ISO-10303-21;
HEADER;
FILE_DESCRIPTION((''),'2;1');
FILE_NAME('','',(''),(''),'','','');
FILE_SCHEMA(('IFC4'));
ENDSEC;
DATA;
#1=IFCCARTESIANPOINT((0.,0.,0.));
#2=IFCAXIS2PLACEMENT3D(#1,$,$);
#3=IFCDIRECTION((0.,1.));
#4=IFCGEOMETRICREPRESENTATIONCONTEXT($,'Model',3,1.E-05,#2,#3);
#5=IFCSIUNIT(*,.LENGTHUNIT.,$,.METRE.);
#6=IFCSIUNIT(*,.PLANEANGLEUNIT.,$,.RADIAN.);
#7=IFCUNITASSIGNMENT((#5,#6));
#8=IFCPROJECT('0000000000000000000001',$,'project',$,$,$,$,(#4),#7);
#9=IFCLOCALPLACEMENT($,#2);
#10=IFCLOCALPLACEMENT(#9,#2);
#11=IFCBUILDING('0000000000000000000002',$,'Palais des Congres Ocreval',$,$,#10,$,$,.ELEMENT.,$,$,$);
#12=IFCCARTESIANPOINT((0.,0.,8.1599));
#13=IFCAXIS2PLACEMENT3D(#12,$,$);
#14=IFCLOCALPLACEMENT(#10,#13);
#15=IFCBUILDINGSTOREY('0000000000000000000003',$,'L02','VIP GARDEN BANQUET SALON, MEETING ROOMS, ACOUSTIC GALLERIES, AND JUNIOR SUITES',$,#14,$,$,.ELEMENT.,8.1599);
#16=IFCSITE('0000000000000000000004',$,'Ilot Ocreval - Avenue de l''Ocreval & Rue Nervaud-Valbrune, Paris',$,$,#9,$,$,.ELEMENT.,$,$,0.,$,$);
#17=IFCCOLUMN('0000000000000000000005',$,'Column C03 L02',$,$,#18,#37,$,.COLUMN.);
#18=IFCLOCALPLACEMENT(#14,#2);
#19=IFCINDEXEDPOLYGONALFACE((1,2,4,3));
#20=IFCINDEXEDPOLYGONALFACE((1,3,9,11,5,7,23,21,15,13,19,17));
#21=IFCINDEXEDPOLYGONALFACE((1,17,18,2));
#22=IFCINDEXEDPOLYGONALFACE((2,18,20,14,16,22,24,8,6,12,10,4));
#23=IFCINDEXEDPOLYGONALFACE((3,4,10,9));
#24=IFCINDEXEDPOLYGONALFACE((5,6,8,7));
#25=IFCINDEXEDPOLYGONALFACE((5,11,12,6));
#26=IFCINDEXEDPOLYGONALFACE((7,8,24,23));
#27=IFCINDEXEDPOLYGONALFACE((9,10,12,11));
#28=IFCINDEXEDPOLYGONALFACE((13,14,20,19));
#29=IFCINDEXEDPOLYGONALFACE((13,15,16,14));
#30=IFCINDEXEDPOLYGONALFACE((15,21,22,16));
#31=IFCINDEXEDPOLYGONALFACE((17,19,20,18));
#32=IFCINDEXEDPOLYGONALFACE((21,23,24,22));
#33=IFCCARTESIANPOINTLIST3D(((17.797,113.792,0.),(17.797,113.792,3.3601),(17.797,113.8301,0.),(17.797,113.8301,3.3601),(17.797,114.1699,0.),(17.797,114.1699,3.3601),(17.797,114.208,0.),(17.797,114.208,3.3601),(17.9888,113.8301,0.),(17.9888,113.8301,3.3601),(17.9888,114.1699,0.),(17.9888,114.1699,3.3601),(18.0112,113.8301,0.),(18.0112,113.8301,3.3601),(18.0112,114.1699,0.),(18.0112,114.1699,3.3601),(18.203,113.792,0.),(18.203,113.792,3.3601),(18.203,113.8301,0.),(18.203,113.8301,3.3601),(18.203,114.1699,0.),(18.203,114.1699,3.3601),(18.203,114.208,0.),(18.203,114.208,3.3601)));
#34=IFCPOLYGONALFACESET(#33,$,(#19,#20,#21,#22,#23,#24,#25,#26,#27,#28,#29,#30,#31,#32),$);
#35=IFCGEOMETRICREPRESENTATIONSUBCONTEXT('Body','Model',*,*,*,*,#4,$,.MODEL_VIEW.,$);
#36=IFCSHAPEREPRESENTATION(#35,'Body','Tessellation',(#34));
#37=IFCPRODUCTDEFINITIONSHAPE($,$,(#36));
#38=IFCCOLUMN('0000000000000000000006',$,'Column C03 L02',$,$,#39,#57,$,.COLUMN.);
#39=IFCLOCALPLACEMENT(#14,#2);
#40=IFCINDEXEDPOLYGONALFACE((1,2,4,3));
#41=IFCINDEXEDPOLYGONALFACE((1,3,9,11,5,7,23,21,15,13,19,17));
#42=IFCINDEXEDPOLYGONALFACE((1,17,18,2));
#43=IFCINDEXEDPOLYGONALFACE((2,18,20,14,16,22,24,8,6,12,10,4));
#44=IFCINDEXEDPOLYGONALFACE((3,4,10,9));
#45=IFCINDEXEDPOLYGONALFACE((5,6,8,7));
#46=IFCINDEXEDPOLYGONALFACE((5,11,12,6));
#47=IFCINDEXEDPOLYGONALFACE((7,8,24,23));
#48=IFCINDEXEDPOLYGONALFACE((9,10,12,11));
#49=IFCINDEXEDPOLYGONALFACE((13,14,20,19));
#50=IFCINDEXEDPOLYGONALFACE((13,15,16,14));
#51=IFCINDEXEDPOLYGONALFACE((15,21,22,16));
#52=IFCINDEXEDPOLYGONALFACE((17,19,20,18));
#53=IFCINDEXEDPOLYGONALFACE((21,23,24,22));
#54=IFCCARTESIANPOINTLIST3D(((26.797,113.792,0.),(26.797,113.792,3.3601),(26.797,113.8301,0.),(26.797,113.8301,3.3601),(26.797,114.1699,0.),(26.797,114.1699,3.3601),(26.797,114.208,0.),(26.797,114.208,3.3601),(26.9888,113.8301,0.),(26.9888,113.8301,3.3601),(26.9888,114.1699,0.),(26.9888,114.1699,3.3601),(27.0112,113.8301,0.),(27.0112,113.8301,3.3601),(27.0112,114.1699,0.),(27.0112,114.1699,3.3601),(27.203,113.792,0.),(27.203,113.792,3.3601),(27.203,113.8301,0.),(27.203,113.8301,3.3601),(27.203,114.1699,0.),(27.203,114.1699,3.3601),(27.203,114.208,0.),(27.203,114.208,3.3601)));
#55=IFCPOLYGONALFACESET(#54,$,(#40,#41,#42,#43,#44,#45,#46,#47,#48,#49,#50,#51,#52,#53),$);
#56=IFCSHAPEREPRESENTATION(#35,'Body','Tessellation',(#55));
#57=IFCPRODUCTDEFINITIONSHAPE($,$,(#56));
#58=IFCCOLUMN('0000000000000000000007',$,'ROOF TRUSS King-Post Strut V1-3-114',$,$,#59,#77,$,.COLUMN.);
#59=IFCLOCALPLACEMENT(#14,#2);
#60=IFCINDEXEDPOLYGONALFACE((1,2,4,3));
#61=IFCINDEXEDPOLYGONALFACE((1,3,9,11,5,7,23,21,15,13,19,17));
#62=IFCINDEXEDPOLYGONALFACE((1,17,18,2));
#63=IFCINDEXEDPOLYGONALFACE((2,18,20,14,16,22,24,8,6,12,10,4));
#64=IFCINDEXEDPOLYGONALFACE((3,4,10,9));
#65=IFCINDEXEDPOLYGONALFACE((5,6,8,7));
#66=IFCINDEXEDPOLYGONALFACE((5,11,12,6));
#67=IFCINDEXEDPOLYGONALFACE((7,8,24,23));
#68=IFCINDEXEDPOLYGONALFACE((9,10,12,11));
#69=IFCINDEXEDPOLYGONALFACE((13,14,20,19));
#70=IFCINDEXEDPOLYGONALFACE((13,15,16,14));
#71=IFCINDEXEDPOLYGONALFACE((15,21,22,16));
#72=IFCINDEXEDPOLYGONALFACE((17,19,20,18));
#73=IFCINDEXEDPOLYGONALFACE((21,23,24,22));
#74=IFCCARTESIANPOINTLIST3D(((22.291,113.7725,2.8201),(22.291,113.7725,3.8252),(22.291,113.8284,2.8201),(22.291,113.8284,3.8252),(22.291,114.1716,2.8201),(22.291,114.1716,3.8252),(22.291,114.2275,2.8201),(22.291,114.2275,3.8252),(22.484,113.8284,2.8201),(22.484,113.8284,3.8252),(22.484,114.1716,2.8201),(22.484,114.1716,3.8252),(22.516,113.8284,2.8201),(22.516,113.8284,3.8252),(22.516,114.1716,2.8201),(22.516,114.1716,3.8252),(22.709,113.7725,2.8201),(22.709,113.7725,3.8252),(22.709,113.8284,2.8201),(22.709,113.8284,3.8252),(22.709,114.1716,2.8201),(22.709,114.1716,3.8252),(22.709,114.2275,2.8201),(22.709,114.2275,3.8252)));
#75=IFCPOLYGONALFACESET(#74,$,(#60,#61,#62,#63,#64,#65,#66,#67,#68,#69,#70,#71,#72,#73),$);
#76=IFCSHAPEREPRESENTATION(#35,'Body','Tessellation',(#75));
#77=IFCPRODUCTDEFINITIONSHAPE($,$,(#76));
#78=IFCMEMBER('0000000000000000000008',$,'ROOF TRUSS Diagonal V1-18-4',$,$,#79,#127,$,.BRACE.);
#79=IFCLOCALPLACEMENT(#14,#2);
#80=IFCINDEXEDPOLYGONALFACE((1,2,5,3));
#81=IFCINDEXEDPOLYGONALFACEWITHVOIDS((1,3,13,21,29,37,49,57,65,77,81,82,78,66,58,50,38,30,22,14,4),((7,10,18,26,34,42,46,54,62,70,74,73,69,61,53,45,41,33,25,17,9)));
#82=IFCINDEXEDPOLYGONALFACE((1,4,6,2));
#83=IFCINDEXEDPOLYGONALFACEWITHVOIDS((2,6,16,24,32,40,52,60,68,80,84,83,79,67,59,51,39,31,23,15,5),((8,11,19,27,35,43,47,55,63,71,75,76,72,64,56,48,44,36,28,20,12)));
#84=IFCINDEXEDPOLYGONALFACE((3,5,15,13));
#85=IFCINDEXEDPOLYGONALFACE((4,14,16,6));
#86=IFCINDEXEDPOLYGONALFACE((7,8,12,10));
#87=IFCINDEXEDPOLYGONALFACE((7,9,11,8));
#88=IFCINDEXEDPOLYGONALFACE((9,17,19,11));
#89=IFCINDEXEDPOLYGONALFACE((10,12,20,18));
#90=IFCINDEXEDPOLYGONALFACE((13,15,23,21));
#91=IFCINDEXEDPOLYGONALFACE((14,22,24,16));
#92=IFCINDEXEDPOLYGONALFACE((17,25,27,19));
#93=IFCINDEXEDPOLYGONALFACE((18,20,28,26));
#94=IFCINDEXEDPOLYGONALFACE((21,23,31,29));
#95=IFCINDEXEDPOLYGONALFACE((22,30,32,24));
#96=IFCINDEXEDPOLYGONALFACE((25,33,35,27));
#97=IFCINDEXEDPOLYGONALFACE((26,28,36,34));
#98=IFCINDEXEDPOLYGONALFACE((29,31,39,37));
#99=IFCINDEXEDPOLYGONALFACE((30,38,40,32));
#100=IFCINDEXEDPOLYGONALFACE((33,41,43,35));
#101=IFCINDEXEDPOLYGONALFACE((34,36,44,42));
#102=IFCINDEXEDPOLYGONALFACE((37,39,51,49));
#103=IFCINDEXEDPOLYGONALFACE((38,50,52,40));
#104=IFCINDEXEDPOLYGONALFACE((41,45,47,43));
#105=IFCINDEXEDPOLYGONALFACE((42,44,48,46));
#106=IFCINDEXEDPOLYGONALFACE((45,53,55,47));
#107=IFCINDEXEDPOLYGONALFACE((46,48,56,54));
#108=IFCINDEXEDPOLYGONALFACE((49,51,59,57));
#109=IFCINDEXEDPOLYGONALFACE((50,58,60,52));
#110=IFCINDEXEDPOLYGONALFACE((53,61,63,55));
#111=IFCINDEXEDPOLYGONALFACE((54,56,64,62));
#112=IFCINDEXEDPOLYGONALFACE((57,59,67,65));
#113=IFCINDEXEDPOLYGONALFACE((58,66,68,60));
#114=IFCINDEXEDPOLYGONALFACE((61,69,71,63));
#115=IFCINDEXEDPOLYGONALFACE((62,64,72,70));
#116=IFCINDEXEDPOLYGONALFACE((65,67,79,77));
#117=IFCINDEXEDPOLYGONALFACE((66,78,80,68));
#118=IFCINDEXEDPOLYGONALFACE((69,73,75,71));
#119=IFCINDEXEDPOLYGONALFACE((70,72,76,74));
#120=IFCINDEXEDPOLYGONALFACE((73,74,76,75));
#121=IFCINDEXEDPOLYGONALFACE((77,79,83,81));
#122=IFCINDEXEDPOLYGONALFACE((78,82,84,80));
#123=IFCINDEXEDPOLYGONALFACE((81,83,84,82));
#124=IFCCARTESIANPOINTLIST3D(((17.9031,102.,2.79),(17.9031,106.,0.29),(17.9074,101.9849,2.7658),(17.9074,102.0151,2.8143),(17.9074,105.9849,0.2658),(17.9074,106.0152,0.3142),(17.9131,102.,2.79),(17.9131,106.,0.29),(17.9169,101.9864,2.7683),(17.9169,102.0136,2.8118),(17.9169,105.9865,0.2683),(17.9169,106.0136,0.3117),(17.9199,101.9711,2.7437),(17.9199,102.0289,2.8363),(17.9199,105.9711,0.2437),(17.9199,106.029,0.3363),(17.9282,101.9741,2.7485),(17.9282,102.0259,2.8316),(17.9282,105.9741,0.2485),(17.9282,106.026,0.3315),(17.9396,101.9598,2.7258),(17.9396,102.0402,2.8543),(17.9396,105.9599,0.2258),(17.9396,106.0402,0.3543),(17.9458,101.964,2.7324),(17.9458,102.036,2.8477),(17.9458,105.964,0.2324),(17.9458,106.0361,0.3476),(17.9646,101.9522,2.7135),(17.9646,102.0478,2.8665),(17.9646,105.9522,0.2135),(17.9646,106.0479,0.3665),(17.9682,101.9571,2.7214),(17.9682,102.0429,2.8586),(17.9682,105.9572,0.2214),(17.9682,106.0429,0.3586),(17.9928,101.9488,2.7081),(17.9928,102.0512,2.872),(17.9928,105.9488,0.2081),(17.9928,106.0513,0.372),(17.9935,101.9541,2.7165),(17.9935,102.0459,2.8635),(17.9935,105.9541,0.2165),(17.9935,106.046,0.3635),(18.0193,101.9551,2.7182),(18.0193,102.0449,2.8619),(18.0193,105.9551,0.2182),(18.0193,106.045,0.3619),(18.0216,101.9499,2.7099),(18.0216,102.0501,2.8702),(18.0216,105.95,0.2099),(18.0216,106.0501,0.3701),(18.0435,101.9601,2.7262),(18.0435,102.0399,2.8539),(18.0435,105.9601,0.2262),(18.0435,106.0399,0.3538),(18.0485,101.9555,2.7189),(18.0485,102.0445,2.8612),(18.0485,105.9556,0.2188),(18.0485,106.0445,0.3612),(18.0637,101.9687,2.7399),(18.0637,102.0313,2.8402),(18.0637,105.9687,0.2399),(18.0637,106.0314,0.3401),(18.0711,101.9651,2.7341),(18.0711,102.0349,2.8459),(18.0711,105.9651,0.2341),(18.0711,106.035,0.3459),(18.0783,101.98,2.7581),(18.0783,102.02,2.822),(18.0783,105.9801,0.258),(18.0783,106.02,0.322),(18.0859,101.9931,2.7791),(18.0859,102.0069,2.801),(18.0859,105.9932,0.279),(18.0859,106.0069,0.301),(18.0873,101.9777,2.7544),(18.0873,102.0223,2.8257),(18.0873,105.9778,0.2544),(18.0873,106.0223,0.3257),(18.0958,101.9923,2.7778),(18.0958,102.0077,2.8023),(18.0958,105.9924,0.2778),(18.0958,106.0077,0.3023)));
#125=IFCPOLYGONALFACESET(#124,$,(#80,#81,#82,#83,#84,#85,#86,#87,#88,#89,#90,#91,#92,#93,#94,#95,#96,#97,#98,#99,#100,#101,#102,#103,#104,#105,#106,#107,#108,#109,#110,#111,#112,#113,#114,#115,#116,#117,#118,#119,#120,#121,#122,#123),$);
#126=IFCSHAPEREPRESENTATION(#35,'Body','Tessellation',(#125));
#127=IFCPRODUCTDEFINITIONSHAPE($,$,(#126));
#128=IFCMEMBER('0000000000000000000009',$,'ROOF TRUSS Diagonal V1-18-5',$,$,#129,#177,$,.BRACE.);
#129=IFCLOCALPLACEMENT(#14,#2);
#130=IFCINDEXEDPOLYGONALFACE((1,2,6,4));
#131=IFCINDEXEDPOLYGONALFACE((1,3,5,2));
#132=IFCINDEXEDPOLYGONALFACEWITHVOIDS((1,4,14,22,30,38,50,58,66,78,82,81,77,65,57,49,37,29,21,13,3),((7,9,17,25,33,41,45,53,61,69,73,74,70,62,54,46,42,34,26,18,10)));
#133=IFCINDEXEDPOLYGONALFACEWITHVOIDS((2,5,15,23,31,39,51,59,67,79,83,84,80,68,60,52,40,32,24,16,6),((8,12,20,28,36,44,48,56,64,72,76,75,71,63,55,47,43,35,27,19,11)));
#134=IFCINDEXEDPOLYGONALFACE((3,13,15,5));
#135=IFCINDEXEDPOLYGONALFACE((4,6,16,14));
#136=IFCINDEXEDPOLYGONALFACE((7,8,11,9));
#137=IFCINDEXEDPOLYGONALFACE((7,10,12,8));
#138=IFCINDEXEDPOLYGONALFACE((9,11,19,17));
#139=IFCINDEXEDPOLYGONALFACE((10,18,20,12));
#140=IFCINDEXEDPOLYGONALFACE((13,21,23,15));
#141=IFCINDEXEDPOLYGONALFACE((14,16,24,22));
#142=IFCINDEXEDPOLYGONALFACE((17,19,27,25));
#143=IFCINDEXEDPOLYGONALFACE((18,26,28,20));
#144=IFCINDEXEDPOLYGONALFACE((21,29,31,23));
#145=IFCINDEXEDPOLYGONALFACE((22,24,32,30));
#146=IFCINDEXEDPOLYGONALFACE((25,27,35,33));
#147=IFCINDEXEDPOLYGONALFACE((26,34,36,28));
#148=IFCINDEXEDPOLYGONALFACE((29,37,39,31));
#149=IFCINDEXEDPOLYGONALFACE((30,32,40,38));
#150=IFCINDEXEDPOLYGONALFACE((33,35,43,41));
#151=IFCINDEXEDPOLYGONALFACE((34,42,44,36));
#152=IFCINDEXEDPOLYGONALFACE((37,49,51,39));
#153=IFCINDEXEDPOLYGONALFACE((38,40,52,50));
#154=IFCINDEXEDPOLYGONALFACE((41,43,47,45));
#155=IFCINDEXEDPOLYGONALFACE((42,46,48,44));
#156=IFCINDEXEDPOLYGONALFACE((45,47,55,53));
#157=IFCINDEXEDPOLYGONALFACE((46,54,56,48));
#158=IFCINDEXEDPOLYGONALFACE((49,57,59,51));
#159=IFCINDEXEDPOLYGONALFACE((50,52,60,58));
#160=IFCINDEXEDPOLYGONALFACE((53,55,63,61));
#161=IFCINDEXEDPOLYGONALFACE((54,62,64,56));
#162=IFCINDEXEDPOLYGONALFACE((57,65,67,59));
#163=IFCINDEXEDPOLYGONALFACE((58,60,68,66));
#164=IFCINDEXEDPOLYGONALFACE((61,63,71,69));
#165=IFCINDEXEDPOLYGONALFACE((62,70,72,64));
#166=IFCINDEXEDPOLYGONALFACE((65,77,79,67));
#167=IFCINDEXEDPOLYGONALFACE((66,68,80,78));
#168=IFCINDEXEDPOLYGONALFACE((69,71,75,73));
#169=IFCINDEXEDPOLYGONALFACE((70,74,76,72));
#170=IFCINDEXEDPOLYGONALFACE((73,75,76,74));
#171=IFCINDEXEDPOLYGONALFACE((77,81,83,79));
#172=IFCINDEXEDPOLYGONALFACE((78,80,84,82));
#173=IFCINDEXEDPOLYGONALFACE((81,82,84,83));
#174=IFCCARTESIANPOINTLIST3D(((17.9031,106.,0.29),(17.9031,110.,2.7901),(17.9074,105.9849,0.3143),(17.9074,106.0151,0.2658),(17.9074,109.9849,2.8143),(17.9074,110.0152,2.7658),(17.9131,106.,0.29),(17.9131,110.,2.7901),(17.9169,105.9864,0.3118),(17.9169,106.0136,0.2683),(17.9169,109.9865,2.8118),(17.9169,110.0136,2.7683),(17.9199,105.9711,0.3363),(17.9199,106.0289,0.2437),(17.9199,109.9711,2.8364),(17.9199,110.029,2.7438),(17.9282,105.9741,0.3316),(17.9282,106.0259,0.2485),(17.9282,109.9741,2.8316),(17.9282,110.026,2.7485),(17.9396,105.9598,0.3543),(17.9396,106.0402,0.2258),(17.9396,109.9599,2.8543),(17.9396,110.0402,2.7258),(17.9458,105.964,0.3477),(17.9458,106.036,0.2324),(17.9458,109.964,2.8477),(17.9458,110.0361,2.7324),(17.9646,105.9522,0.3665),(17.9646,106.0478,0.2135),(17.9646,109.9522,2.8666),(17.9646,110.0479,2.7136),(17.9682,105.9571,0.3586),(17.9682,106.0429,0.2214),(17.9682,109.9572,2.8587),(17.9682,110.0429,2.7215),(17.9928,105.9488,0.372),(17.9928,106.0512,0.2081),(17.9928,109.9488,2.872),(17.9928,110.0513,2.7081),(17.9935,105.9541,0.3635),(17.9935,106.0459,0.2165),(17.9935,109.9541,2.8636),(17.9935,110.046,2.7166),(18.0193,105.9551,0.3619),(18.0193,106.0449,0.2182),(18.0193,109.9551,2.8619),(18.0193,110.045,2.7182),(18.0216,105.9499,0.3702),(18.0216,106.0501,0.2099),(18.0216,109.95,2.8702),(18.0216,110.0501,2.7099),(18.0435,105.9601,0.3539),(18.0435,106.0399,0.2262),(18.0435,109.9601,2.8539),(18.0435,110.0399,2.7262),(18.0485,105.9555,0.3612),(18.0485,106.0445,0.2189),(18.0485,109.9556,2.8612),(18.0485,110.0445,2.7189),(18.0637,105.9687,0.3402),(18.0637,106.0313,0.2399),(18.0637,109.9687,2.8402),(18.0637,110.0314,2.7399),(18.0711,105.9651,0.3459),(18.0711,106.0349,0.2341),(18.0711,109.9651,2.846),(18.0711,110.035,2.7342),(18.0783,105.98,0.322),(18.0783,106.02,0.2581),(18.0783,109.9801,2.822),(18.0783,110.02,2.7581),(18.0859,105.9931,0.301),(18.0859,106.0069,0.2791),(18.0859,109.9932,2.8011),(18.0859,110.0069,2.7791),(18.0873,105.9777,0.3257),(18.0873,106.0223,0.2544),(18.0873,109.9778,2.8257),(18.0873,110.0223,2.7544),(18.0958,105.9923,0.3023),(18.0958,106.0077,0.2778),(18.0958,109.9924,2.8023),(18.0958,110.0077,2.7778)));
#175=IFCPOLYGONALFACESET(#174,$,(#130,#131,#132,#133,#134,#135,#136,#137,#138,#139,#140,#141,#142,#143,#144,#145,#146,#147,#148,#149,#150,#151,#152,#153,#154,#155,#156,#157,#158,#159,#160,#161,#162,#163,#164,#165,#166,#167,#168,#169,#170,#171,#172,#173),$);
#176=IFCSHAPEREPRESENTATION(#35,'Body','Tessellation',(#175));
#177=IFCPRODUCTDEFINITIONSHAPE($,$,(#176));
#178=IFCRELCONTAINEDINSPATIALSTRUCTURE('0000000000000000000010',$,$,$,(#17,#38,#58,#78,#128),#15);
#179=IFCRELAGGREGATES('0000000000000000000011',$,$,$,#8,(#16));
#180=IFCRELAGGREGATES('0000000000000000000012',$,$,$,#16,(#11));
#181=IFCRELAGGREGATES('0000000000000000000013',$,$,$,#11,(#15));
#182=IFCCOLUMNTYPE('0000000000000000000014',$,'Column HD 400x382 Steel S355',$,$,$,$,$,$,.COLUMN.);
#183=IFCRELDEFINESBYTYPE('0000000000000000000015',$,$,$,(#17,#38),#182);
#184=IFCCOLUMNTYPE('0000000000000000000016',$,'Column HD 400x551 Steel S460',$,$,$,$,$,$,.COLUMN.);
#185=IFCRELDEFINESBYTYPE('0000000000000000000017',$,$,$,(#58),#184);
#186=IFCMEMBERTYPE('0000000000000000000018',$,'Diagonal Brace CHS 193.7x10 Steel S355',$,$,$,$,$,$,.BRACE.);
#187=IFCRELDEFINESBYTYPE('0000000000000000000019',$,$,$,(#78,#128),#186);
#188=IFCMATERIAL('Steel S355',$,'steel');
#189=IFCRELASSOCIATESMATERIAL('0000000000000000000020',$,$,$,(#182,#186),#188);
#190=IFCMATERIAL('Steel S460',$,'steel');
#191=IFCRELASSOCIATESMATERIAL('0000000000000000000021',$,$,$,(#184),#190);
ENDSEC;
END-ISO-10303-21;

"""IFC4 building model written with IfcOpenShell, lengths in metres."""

from ifc_helpers import new_model, si_unit, direction, frame, origin, origin_2d, place, context, subcontext, project, spatial, hollow_circle, i_section, extrude, material, material_profile, profile_set, type_object, element, save


model = new_model("IFC4")

# Units and contexts
model_context = context("Model", 3, precision=1e-05, world=origin(), true_north=direction((0.0, 1.0)))
body_context = subcontext(model_context, "Body", "Model", "MODEL_VIEW")
ifc_project = project(units=[si_unit("LENGTHUNIT", "METRE"), si_unit("PLANEANGLEUNIT", "RADIAN")], contexts=[model_context])

# Site, building, storey
site_placement = place(None, origin())
site = spatial("IfcSite", under=ifc_project, at=site_placement, Name="Ilot Ocreval - Avenue de l'Ocreval & Rue Nervaud-Valbrune, Paris", CompositionType="ELEMENT", RefElevation=0.0)
building_placement = place(site_placement, origin())
building = spatial("IfcBuilding", under=site, at=building_placement, Name="Palais des Congres Ocreval", CompositionType="ELEMENT")
storey_placement = place(building_placement, frame((0.0, 0.0, 8.1599)))
storey = spatial("IfcBuildingStorey", under=building, at=storey_placement, Name="L02", Description="VIP GARDEN BANQUET SALON, MEETING ROOMS, ACOUSTIC GALLERIES, AND JUNIOR SUITES", CompositionType="ELEMENT", Elevation=8.1599)

# Columns
ifc_material_1 = material(Name="Steel S355", Category="steel")
ifc_material_profile_1 = material_profile(ifc_material_1, i_section(OverallWidth=0.406, OverallDepth=0.416, WebThickness=0.0225, FlangeThickness=0.0381, at=origin_2d()), Name="HD 400x382")
ifc_profile_set_1 = profile_set([ifc_material_profile_1], Name="Steel S355")
column_type_1 = type_object("IfcColumnType", Name="Column HD 400x382 Steel S355", PredefinedType="COLUMN", material=ifc_profile_set_1)
for number, where, z_axis, x_axis, name in (
    (1, (18.0, 114.0, 0.0), (0.0, 0.0, 1.0), (1.0, 0.0, 0.0), "Column C03 L02"),
    (2, (27.0, 114.0, 0.0), (0.0, 0.0, 1.0), (1.0, 0.0, 0.0), "Column C03 L02"),
):
    element("IfcColumn", number, at=place(storey_placement, frame(where, z_axis=z_axis, x_axis=x_axis)), inside=storey, type_object=column_type_1, Name=name, PredefinedType="COLUMN", context=body_context, shape_type="SweptSolid", body=[
        extrude(i_section(OverallWidth=0.406, OverallDepth=0.416, WebThickness=0.0225, FlangeThickness=0.0381, at=origin_2d()), origin(), (0.0, 0.0, 1.0), 3.3601),
    ])
ifc_material_2 = material(Name="Steel S460", Category="steel")
ifc_material_profile_2 = material_profile(ifc_material_2, i_section(OverallWidth=0.418, OverallDepth=0.4551, WebThickness=0.032, FlangeThickness=0.0559, at=origin_2d()), Name="HD 400x551")
ifc_profile_set_2 = profile_set([ifc_material_profile_2], Name="Steel S460")
column_type_2 = type_object("IfcColumnType", Name="Column HD 400x551 Steel S460", PredefinedType="COLUMN", material=ifc_profile_set_2)
column_placement = place(storey_placement, frame((22.5, 114.0, 2.8201), z_axis=(0.0, 0.0, 1.0), x_axis=(1.0, 0.0, 0.0)))
element("IfcColumn", 3, at=column_placement, inside=storey, type_object=column_type_2, Name="ROOF TRUSS King-Post Strut V1-3-114", PredefinedType="COLUMN", context=body_context, shape_type="SweptSolid", body=[
    extrude(i_section(OverallWidth=0.418, OverallDepth=0.4551, WebThickness=0.032, FlangeThickness=0.0559, at=origin_2d()), origin(), (0.0, 0.0, 1.0), 1.0051),
])

# Members
ifc_material_profile_3 = material_profile(ifc_material_1, hollow_circle(Radius=0.0969, WallThickness=0.01, at=origin_2d()), Name="CHS 193.7x10")
ifc_profile_set_3 = profile_set([ifc_material_profile_3], Name="Steel S355")
member_type_1 = type_object("IfcMemberType", Name="Diagonal Brace CHS 193.7x10 Steel S355", PredefinedType="BRACE", material=ifc_profile_set_3)
for number, where, z_axis, x_axis, name in (
    (4, (18.0, 102.0, 2.79), (0.0, 0.847998, -0.529999), (-1.0, 0.0, 0.0), "ROOF TRUSS Diagonal V1-18-4"),
    (5, (18.0, 106.0, 0.29), (0.0, 0.847998, 0.529999), (-1.0, 0.0, 0.0), "ROOF TRUSS Diagonal V1-18-5"),
):
    element("IfcMember", number, at=place(storey_placement, frame(where, z_axis=z_axis, x_axis=x_axis)), inside=storey, type_object=member_type_1, Name=name, PredefinedType="BRACE", context=body_context, shape_type="SweptSolid", body=[
        extrude(hollow_circle(Radius=0.0969, WallThickness=0.01, at=origin_2d()), origin(), (0.0, 0.0, 1.0), 4.717),
    ])

save(model, "model.ifc")
